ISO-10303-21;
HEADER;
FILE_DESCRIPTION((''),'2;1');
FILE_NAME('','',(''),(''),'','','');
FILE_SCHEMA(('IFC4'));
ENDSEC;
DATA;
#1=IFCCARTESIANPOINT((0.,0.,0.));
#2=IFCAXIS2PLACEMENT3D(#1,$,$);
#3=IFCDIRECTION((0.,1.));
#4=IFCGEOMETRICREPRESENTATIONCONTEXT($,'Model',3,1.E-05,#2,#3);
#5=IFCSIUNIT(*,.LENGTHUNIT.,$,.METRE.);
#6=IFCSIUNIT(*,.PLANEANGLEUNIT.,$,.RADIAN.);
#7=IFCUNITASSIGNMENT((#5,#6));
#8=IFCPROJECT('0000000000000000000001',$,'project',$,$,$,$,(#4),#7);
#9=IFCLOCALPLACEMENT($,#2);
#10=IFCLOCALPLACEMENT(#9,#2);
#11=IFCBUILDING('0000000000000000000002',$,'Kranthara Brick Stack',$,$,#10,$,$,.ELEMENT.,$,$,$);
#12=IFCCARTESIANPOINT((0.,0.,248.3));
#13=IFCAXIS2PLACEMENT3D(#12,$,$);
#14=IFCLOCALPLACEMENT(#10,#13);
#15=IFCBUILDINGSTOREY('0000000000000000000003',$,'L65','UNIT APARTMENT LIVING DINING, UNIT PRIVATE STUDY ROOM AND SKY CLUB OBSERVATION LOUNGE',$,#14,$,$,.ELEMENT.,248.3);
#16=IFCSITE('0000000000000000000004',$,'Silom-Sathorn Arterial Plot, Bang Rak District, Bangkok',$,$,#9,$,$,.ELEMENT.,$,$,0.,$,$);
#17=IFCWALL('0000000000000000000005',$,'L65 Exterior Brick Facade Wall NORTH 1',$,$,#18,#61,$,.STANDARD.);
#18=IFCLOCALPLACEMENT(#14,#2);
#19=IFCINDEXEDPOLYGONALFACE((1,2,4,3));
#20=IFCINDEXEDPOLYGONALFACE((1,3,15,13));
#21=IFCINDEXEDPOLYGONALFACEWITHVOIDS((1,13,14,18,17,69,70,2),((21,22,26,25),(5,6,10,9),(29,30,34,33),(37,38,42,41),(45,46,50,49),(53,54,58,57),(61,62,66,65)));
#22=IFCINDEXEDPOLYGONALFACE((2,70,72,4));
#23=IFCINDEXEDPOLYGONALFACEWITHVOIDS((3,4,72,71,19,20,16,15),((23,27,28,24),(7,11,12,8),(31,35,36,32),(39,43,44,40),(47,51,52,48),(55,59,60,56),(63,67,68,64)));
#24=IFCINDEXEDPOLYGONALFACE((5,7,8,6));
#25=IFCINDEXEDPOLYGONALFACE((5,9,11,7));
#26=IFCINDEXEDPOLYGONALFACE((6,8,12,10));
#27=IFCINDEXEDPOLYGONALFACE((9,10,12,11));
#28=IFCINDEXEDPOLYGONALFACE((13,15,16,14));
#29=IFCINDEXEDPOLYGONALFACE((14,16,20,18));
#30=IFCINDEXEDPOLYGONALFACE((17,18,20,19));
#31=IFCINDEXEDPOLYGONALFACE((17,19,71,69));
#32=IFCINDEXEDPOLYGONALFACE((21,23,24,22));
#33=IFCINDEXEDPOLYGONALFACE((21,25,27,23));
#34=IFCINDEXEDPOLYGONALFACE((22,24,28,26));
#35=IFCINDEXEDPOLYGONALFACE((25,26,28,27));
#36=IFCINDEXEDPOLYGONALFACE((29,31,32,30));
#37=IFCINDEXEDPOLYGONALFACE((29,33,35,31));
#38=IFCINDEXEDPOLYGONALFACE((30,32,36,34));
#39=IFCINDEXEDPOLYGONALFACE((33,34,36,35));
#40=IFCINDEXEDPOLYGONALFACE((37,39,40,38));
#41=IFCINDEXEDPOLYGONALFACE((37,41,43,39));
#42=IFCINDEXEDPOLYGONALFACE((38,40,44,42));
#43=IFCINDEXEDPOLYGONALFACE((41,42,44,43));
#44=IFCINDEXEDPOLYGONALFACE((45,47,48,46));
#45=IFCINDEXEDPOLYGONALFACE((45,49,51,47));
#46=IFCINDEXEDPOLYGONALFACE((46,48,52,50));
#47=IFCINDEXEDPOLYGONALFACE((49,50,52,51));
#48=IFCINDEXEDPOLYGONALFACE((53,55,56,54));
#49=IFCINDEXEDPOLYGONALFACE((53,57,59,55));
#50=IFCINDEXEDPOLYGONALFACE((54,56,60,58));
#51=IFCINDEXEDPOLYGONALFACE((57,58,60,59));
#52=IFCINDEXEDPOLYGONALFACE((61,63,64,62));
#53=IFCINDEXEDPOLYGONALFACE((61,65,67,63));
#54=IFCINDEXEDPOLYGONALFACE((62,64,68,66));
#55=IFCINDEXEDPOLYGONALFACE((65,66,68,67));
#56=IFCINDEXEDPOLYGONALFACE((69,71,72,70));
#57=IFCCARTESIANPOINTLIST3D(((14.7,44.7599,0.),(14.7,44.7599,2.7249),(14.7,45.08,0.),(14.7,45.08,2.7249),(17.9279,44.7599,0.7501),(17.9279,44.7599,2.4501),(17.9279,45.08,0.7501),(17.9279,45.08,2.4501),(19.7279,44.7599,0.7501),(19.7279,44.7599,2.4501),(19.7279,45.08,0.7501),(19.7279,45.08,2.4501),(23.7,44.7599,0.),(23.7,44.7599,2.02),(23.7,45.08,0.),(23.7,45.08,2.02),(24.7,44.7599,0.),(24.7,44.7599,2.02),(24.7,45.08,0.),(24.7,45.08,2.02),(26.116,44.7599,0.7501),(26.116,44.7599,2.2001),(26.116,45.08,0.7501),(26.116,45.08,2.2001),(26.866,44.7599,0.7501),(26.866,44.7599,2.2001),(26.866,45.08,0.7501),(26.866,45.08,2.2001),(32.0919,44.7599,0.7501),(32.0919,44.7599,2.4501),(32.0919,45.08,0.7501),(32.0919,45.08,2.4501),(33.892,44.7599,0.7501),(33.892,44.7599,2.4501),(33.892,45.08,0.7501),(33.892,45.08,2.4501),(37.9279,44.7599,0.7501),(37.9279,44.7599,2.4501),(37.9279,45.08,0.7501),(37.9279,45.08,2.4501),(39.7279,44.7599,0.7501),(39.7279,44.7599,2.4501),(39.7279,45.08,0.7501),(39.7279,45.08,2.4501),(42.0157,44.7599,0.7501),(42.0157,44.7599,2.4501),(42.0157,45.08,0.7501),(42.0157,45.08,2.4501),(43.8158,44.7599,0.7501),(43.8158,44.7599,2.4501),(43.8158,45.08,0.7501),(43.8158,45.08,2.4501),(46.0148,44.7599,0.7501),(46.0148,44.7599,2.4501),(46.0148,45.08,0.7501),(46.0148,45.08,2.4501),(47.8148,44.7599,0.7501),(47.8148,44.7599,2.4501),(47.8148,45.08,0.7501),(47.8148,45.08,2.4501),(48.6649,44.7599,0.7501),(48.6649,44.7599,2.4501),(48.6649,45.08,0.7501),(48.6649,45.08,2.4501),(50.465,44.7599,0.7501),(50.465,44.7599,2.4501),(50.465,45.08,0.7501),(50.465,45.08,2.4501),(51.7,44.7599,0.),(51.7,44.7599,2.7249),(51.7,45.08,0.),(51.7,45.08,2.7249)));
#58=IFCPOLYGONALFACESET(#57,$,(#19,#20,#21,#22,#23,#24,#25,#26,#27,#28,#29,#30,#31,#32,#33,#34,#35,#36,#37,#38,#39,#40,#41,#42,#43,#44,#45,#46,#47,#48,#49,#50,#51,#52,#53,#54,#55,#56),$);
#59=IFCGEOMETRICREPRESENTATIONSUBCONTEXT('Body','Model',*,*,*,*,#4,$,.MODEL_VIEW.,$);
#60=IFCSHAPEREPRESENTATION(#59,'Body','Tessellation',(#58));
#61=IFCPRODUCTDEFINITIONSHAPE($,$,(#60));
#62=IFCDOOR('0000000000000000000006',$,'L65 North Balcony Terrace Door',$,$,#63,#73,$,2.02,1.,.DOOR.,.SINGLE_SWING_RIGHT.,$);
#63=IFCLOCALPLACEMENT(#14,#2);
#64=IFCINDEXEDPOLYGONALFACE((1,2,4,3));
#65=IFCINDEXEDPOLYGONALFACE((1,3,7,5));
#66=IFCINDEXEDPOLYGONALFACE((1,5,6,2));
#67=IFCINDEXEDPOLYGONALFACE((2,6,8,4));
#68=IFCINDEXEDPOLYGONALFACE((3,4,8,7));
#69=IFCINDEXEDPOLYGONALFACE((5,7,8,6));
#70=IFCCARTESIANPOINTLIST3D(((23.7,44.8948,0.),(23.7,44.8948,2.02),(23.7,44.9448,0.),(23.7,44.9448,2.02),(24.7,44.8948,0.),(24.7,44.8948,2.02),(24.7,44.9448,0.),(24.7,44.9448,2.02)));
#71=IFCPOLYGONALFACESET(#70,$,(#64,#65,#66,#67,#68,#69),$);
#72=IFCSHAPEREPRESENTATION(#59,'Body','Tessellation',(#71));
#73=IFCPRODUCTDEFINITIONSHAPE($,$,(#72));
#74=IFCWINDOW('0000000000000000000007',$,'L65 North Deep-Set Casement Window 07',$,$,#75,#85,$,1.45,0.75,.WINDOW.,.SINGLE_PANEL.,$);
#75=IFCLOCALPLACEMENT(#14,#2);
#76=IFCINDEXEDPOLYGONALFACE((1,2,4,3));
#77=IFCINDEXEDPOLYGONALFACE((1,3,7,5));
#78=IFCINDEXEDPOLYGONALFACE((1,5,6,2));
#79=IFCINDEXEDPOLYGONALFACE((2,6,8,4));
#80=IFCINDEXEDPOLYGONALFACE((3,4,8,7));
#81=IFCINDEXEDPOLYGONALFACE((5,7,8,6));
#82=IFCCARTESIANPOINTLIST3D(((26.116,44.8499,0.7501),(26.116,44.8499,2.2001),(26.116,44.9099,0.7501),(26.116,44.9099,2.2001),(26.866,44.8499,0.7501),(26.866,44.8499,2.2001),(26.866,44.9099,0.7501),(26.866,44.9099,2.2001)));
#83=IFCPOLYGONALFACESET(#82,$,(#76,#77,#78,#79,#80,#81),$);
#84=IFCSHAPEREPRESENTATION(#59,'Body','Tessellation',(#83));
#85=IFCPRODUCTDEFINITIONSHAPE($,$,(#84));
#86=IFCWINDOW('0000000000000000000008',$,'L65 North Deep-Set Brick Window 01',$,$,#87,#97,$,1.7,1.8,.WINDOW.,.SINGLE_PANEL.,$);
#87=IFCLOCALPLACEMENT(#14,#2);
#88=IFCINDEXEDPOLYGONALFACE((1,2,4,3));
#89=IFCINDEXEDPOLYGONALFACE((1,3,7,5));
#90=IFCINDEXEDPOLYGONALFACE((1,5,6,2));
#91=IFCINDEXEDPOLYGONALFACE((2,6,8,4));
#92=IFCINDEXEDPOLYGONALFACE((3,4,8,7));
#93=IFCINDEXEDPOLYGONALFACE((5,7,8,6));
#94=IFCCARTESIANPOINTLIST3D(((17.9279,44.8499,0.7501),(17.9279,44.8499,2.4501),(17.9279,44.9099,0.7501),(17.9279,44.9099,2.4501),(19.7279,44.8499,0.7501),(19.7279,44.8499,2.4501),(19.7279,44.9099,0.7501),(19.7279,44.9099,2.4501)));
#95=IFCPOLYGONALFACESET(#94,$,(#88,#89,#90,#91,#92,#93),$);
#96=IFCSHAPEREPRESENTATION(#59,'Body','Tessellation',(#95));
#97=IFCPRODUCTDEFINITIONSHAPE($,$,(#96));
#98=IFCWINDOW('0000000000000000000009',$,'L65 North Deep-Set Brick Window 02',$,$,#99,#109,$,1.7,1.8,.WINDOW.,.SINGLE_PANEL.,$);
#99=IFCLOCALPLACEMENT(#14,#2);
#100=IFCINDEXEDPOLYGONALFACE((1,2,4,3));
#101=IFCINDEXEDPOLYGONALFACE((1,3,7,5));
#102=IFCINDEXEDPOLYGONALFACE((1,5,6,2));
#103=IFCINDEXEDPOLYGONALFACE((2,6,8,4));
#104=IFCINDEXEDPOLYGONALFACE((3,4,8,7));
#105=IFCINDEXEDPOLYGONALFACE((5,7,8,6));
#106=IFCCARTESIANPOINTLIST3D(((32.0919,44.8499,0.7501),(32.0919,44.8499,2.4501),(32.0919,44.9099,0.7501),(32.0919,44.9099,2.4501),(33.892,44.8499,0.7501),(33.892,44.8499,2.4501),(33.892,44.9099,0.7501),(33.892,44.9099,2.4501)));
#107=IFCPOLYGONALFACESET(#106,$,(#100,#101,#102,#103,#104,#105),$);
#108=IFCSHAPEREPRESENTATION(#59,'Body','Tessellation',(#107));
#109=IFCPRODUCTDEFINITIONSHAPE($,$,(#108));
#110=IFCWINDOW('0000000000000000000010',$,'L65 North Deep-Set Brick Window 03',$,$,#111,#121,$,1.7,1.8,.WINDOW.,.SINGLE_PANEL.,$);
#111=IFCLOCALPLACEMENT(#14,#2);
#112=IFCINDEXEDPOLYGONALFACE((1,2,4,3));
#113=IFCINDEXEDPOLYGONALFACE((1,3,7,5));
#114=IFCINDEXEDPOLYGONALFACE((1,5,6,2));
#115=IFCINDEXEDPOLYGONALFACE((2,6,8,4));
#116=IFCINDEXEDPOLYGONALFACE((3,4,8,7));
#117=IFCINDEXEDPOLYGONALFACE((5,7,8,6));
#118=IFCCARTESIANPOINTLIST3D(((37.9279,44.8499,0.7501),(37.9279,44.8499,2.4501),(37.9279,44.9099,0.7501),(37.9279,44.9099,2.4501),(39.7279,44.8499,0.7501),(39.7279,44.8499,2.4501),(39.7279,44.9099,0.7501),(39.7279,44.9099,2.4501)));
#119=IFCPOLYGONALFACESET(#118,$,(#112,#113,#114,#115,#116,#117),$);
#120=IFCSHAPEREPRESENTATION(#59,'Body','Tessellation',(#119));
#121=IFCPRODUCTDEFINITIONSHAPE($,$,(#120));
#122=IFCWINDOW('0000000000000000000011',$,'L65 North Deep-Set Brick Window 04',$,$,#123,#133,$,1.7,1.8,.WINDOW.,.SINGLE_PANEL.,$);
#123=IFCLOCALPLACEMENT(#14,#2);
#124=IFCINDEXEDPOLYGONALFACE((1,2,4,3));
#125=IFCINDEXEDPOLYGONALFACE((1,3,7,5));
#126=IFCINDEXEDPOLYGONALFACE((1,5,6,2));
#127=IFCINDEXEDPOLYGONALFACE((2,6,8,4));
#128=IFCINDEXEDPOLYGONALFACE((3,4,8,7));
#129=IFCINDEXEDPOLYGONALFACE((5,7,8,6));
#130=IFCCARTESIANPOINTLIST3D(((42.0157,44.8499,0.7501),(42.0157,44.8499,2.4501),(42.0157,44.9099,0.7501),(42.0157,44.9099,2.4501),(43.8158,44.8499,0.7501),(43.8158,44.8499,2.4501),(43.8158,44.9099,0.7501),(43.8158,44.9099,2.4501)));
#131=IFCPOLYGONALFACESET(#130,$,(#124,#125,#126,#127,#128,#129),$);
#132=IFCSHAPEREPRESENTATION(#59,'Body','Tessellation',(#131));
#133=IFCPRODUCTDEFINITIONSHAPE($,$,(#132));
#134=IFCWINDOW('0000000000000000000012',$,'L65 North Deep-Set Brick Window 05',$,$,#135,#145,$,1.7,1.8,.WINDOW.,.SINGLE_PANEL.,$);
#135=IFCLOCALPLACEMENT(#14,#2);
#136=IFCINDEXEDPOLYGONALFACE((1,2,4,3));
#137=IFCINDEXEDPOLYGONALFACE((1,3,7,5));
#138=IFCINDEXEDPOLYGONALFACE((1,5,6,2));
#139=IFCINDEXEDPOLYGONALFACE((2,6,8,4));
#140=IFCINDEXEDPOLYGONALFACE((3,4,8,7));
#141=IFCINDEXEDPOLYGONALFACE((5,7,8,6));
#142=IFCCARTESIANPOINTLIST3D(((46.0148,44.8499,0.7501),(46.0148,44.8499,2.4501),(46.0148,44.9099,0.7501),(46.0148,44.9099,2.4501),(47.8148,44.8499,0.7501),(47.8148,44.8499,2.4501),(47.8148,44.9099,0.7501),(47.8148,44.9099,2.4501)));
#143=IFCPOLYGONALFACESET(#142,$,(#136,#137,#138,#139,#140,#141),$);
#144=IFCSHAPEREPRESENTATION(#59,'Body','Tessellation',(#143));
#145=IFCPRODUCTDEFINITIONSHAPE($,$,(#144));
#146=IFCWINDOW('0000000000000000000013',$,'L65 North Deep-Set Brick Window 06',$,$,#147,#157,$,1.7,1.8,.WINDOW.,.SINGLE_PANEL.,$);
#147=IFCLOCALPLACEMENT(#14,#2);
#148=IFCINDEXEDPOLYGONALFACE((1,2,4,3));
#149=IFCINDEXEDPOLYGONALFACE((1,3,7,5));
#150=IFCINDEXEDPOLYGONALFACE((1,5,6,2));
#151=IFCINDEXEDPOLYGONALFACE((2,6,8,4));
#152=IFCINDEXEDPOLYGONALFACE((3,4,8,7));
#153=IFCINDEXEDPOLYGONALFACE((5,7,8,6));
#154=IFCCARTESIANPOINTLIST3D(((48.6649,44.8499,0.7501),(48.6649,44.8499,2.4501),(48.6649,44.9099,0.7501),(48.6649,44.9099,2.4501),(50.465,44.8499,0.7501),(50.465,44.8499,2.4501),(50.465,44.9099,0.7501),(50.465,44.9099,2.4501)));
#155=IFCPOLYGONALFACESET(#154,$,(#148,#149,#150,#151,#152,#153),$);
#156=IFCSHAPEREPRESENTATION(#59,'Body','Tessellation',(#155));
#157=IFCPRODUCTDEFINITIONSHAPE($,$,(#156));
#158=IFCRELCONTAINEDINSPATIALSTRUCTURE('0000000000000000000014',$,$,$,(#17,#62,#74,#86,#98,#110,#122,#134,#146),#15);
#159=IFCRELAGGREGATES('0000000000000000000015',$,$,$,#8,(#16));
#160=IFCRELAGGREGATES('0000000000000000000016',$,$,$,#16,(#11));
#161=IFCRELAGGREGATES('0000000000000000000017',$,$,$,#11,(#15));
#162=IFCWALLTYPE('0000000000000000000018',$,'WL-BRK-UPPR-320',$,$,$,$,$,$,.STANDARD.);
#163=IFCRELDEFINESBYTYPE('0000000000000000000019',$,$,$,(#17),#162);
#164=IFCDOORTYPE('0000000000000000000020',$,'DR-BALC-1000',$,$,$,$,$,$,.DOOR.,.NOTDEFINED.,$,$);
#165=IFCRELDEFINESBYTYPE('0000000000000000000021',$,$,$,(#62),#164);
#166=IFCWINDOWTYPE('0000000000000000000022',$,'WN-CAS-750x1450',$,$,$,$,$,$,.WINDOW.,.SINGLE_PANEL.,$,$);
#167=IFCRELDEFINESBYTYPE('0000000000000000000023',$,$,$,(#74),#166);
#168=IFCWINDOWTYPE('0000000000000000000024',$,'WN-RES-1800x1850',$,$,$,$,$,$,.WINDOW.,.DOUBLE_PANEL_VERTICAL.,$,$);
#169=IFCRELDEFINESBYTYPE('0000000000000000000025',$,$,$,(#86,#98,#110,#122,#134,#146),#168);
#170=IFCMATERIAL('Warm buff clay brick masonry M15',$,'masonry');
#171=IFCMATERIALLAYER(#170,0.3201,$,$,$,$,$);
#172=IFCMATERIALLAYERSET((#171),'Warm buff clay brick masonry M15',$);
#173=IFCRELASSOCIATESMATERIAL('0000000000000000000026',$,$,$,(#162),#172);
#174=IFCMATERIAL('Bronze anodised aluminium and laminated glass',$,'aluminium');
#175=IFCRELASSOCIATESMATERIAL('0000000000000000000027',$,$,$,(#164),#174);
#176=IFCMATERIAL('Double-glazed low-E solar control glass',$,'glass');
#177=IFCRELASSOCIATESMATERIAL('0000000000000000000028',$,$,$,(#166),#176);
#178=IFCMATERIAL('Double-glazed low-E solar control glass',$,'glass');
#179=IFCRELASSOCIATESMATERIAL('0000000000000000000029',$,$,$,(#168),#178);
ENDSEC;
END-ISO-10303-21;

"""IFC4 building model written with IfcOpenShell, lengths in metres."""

from ifc_helpers import new_model, si_unit, direction, frame, frame_2d, origin, place, context, subcontext, project, spatial, rectangle, extrude, material, layer, layer_set, type_object, element, fill, save


model = new_model("IFC4")

# Units and contexts
model_context = context("Model", 3, precision=1e-05, world=origin(), true_north=direction((0.0, 1.0)))
body_context = subcontext(model_context, "Body", "Model", "MODEL_VIEW")
ifc_project = project(units=[si_unit("LENGTHUNIT", "METRE"), si_unit("PLANEANGLEUNIT", "RADIAN")], contexts=[model_context])

# Site, building, storey
site_placement = place(None, origin())
site = spatial("IfcSite", under=ifc_project, at=site_placement, Name="Silom-Sathorn Arterial Plot, Bang Rak District, Bangkok", CompositionType="ELEMENT", RefElevation=0.0)
building_placement = place(site_placement, origin())
building = spatial("IfcBuilding", under=site, at=building_placement, Name="Kranthara Brick Stack", CompositionType="ELEMENT")
storey_placement = place(building_placement, frame((0.0, 0.0, 248.3)))
storey = spatial("IfcBuildingStorey", under=building, at=storey_placement, Name="L65", Description="UNIT APARTMENT LIVING DINING, UNIT PRIVATE STUDY ROOM AND SKY CLUB OBSERVATION LOUNGE", CompositionType="ELEMENT", Elevation=248.3)

# Wall, openings, door, windows
ifc_material_1 = material(Name="Warm buff clay brick masonry M15", Category="masonry")
ifc_layer_1 = layer(ifc_material_1, 0.3201)
ifc_layer_set_1 = layer_set([ifc_layer_1], Name="Warm buff clay brick masonry M15")
wall_type = type_object("IfcWallType", Name="WL-BRK-UPPR-320", PredefinedType="STANDARD", material=ifc_layer_set_1)
wall_placement = place(storey_placement, frame((14.7, 44.9199, 0.0), z_axis=(0.0, 0.0, 1.0), x_axis=(1.0, 0.0, 0.0)))
wall = element("IfcWall", 1, at=wall_placement, inside=storey, type_object=wall_type, Name="L65 Exterior Brick Facade Wall NORTH 1", PredefinedType="STANDARD", context=body_context, shape_type="SweptSolid", body=[
    extrude(rectangle(XDim=37.0, YDim=0.3201, at=frame_2d((18.5, 0.0))), origin(), (0.0, 0.0, 1.0), 2.7249),
])
opening_1_placement = place(wall_placement, frame((9.0, 0.0, 0.0)))
opening_1 = element("IfcOpeningElement", 2, at=opening_1_placement, cuts=wall, PredefinedType="OPENING", context=body_context, shape_type="SweptSolid", body=[
    extrude(rectangle(XDim=1.0, YDim=2.02, at=frame_2d((0.5, 1.01))), frame((0.0, 0.1699, 0.0), z_axis=(0.0, -1.0, 0.0), x_axis=(1.0, 0.0, 0.0)), (0.0, 0.0, 1.0), 0.3401),
])
opening_2_placement = place(wall_placement, frame((3.228, 0.0, 0.75)))
opening_2 = element("IfcOpeningElement", 3, at=opening_2_placement, cuts=wall, PredefinedType="OPENING", context=body_context, shape_type="SweptSolid", body=[
    extrude(rectangle(XDim=1.8, YDim=1.7, at=frame_2d((0.8999, 0.8501))), frame((0.0, 0.1699, 0.0), z_axis=(0.0, -1.0, 0.0), x_axis=(1.0, 0.0, 0.0)), (0.0, 0.0, 1.0), 0.3401),
])
opening_3_placement = place(wall_placement, frame((17.3921, 0.0, 0.75)))
opening_3 = element("IfcOpeningElement", 4, at=opening_3_placement, cuts=wall, PredefinedType="OPENING", context=body_context, shape_type="SweptSolid", body=[
    extrude(rectangle(XDim=1.8, YDim=1.7, at=frame_2d((0.8999, 0.8501))), frame((0.0, 0.1699, 0.0), z_axis=(0.0, -1.0, 0.0), x_axis=(1.0, 0.0, 0.0)), (0.0, 0.0, 1.0), 0.3401),
])
opening_4_placement = place(wall_placement, frame((23.228, 0.0, 0.75)))
opening_4 = element("IfcOpeningElement", 5, at=opening_4_placement, cuts=wall, PredefinedType="OPENING", context=body_context, shape_type="SweptSolid", body=[
    extrude(rectangle(XDim=1.8, YDim=1.7, at=frame_2d((0.8999, 0.8501))), frame((0.0, 0.1699, 0.0), z_axis=(0.0, -1.0, 0.0), x_axis=(1.0, 0.0, 0.0)), (0.0, 0.0, 1.0), 0.3401),
])
opening_5_placement = place(wall_placement, frame((27.3159, 0.0, 0.75)))
opening_5 = element("IfcOpeningElement", 6, at=opening_5_placement, cuts=wall, PredefinedType="OPENING", context=body_context, shape_type="SweptSolid", body=[
    extrude(rectangle(XDim=1.8, YDim=1.7, at=frame_2d((0.8999, 0.8501))), frame((0.0, 0.1699, 0.0), z_axis=(0.0, -1.0, 0.0), x_axis=(1.0, 0.0, 0.0)), (0.0, 0.0, 1.0), 0.3401),
])
opening_6_placement = place(wall_placement, frame((31.3149, 0.0, 0.75)))
opening_6 = element("IfcOpeningElement", 7, at=opening_6_placement, cuts=wall, PredefinedType="OPENING", context=body_context, shape_type="SweptSolid", body=[
    extrude(rectangle(XDim=1.8, YDim=1.7, at=frame_2d((0.8999, 0.8501))), frame((0.0, 0.1699, 0.0), z_axis=(0.0, -1.0, 0.0), x_axis=(1.0, 0.0, 0.0)), (0.0, 0.0, 1.0), 0.3401),
])
opening_7_placement = place(wall_placement, frame((33.9651, 0.0, 0.75)))
opening_7 = element("IfcOpeningElement", 8, at=opening_7_placement, cuts=wall, PredefinedType="OPENING", context=body_context, shape_type="SweptSolid", body=[
    extrude(rectangle(XDim=1.8, YDim=1.7, at=frame_2d((0.8999, 0.8501))), frame((0.0, 0.1699, 0.0), z_axis=(0.0, -1.0, 0.0), x_axis=(1.0, 0.0, 0.0)), (0.0, 0.0, 1.0), 0.3401),
])
opening_8_placement = place(wall_placement, frame((11.416, 0.0, 0.75)))
opening_8 = element("IfcOpeningElement", 9, at=opening_8_placement, cuts=wall, PredefinedType="OPENING", context=body_context, shape_type="SweptSolid", body=[
    extrude(rectangle(XDim=0.75, YDim=1.45, at=frame_2d((0.375, 0.7251))), frame((0.0, 0.1699, 0.0), z_axis=(0.0, -1.0, 0.0), x_axis=(1.0, 0.0, 0.0)), (0.0, 0.0, 1.0), 0.3401),
])
ifc_material_2 = material(Name="Bronze anodised aluminium and laminated glass", Category="aluminium")
door_type = type_object("IfcDoorType", Name="DR-BALC-1000", OperationType="NOTDEFINED", PredefinedType="DOOR", material=ifc_material_2)
door_placement = place(opening_1_placement, origin())
door = element("IfcDoor", 10, at=door_placement, inside=storey, type_object=door_type, Name="L65 North Balcony Terrace Door", OperationType="SINGLE_SWING_RIGHT", OverallHeight=2.02, OverallWidth=1.0, PredefinedType="DOOR", context=body_context, shape_type="SweptSolid", body=[
    extrude(rectangle(XDim=1.0, YDim=2.02, at=frame_2d((0.5, 1.01))), frame((0.0, 0.0249, 0.0), z_axis=(0.0, -1.0, 0.0), x_axis=(1.0, 0.0, 0.0)), (0.0, 0.0, 1.0), 0.05),
])
fill(opening_1, door)
ifc_material_3 = material(Name="Double-glazed low-E solar control glass", Category="glass")
window_type_1 = type_object("IfcWindowType", Name="WN-CAS-750x1450", PartitioningType="SINGLE_PANEL", PredefinedType="WINDOW", material=ifc_material_3)
window_1_placement = place(opening_8_placement, origin())
window_1 = element("IfcWindow", 11, at=window_1_placement, inside=storey, type_object=window_type_1, Name="L65 North Deep-Set Casement Window 07", OverallHeight=1.45, OverallWidth=0.75, PartitioningType="SINGLE_PANEL", PredefinedType="WINDOW", context=body_context, shape_type="SweptSolid", body=[
    extrude(rectangle(XDim=0.75, YDim=1.45, at=frame_2d((0.375, 0.7251))), frame((0.0, -0.01, 0.0), z_axis=(0.0, -1.0, 0.0), x_axis=(1.0, 0.0, 0.0)), (0.0, 0.0, 1.0), 0.0601),
])
fill(opening_8, window_1)
ifc_material_4 = material(Name="Double-glazed low-E solar control glass", Category="glass")
window_type_2 = type_object("IfcWindowType", Name="WN-RES-1800x1850", PartitioningType="DOUBLE_PANEL_VERTICAL", PredefinedType="WINDOW", material=ifc_material_4)
window_2_placement = place(opening_2_placement, origin())
window_2 = element("IfcWindow", 12, at=window_2_placement, inside=storey, type_object=window_type_2, Name="L65 North Deep-Set Brick Window 01", OverallHeight=1.7, OverallWidth=1.8, PartitioningType="SINGLE_PANEL", PredefinedType="WINDOW", context=body_context, shape_type="SweptSolid", body=[
    extrude(rectangle(XDim=1.8, YDim=1.7, at=frame_2d((0.8999, 0.8501))), frame((0.0, -0.01, 0.0), z_axis=(0.0, -1.0, 0.0), x_axis=(1.0, 0.0, 0.0)), (0.0, 0.0, 1.0), 0.0601),
])
fill(opening_2, window_2)
window_3_placement = place(opening_3_placement, origin())
window_3 = element("IfcWindow", 13, at=window_3_placement, inside=storey, type_object=window_type_2, Name="L65 North Deep-Set Brick Window 02", OverallHeight=1.7, OverallWidth=1.8, PartitioningType="SINGLE_PANEL", PredefinedType="WINDOW", context=body_context, shape_type="SweptSolid", body=[
    extrude(rectangle(XDim=1.8, YDim=1.7, at=frame_2d((0.8999, 0.8501))), frame((0.0, -0.01, 0.0), z_axis=(0.0, -1.0, 0.0), x_axis=(1.0, 0.0, 0.0)), (0.0, 0.0, 1.0), 0.0601),
])
fill(opening_3, window_3)
window_4_placement = place(opening_4_placement, origin())
window_4 = element("IfcWindow", 14, at=window_4_placement, inside=storey, type_object=window_type_2, Name="L65 North Deep-Set Brick Window 03", OverallHeight=1.7, OverallWidth=1.8, PartitioningType="SINGLE_PANEL", PredefinedType="WINDOW", context=body_context, shape_type="SweptSolid", body=[
    extrude(rectangle(XDim=1.8, YDim=1.7, at=frame_2d((0.8999, 0.8501))), frame((0.0, -0.01, 0.0), z_axis=(0.0, -1.0, 0.0), x_axis=(1.0, 0.0, 0.0)), (0.0, 0.0, 1.0), 0.0601),
])
fill(opening_4, window_4)
window_5_placement = place(opening_5_placement, origin())
window_5 = element("IfcWindow", 15, at=window_5_placement, inside=storey, type_object=window_type_2, Name="L65 North Deep-Set Brick Window 04", OverallHeight=1.7, OverallWidth=1.8, PartitioningType="SINGLE_PANEL", PredefinedType="WINDOW", context=body_context, shape_type="SweptSolid", body=[
    extrude(rectangle(XDim=1.8, YDim=1.7, at=frame_2d((0.8999, 0.8501))), frame((0.0, -0.01, 0.0), z_axis=(0.0, -1.0, 0.0), x_axis=(1.0, 0.0, 0.0)), (0.0, 0.0, 1.0), 0.0601),
])
fill(opening_5, window_5)
window_6_placement = place(opening_6_placement, origin())
window_6 = element("IfcWindow", 16, at=window_6_placement, inside=storey, type_object=window_type_2, Name="L65 North Deep-Set Brick Window 05", OverallHeight=1.7, OverallWidth=1.8, PartitioningType="SINGLE_PANEL", PredefinedType="WINDOW", context=body_context, shape_type="SweptSolid", body=[
    extrude(rectangle(XDim=1.8, YDim=1.7, at=frame_2d((0.8999, 0.8501))), frame((0.0, -0.01, 0.0), z_axis=(0.0, -1.0, 0.0), x_axis=(1.0, 0.0, 0.0)), (0.0, 0.0, 1.0), 0.0601),
])
fill(opening_6, window_6)
window_7_placement = place(opening_7_placement, origin())
window_7 = element("IfcWindow", 17, at=window_7_placement, inside=storey, type_object=window_type_2, Name="L65 North Deep-Set Brick Window 06", OverallHeight=1.7, OverallWidth=1.8, PartitioningType="SINGLE_PANEL", PredefinedType="WINDOW", context=body_context, shape_type="SweptSolid", body=[
    extrude(rectangle(XDim=1.8, YDim=1.7, at=frame_2d((0.8999, 0.8501))), frame((0.0, -0.01, 0.0), z_axis=(0.0, -1.0, 0.0), x_axis=(1.0, 0.0, 0.0)), (0.0, 0.0, 1.0), 0.0601),
])
fill(opening_7, window_7)

save(model, "model.ifc")
